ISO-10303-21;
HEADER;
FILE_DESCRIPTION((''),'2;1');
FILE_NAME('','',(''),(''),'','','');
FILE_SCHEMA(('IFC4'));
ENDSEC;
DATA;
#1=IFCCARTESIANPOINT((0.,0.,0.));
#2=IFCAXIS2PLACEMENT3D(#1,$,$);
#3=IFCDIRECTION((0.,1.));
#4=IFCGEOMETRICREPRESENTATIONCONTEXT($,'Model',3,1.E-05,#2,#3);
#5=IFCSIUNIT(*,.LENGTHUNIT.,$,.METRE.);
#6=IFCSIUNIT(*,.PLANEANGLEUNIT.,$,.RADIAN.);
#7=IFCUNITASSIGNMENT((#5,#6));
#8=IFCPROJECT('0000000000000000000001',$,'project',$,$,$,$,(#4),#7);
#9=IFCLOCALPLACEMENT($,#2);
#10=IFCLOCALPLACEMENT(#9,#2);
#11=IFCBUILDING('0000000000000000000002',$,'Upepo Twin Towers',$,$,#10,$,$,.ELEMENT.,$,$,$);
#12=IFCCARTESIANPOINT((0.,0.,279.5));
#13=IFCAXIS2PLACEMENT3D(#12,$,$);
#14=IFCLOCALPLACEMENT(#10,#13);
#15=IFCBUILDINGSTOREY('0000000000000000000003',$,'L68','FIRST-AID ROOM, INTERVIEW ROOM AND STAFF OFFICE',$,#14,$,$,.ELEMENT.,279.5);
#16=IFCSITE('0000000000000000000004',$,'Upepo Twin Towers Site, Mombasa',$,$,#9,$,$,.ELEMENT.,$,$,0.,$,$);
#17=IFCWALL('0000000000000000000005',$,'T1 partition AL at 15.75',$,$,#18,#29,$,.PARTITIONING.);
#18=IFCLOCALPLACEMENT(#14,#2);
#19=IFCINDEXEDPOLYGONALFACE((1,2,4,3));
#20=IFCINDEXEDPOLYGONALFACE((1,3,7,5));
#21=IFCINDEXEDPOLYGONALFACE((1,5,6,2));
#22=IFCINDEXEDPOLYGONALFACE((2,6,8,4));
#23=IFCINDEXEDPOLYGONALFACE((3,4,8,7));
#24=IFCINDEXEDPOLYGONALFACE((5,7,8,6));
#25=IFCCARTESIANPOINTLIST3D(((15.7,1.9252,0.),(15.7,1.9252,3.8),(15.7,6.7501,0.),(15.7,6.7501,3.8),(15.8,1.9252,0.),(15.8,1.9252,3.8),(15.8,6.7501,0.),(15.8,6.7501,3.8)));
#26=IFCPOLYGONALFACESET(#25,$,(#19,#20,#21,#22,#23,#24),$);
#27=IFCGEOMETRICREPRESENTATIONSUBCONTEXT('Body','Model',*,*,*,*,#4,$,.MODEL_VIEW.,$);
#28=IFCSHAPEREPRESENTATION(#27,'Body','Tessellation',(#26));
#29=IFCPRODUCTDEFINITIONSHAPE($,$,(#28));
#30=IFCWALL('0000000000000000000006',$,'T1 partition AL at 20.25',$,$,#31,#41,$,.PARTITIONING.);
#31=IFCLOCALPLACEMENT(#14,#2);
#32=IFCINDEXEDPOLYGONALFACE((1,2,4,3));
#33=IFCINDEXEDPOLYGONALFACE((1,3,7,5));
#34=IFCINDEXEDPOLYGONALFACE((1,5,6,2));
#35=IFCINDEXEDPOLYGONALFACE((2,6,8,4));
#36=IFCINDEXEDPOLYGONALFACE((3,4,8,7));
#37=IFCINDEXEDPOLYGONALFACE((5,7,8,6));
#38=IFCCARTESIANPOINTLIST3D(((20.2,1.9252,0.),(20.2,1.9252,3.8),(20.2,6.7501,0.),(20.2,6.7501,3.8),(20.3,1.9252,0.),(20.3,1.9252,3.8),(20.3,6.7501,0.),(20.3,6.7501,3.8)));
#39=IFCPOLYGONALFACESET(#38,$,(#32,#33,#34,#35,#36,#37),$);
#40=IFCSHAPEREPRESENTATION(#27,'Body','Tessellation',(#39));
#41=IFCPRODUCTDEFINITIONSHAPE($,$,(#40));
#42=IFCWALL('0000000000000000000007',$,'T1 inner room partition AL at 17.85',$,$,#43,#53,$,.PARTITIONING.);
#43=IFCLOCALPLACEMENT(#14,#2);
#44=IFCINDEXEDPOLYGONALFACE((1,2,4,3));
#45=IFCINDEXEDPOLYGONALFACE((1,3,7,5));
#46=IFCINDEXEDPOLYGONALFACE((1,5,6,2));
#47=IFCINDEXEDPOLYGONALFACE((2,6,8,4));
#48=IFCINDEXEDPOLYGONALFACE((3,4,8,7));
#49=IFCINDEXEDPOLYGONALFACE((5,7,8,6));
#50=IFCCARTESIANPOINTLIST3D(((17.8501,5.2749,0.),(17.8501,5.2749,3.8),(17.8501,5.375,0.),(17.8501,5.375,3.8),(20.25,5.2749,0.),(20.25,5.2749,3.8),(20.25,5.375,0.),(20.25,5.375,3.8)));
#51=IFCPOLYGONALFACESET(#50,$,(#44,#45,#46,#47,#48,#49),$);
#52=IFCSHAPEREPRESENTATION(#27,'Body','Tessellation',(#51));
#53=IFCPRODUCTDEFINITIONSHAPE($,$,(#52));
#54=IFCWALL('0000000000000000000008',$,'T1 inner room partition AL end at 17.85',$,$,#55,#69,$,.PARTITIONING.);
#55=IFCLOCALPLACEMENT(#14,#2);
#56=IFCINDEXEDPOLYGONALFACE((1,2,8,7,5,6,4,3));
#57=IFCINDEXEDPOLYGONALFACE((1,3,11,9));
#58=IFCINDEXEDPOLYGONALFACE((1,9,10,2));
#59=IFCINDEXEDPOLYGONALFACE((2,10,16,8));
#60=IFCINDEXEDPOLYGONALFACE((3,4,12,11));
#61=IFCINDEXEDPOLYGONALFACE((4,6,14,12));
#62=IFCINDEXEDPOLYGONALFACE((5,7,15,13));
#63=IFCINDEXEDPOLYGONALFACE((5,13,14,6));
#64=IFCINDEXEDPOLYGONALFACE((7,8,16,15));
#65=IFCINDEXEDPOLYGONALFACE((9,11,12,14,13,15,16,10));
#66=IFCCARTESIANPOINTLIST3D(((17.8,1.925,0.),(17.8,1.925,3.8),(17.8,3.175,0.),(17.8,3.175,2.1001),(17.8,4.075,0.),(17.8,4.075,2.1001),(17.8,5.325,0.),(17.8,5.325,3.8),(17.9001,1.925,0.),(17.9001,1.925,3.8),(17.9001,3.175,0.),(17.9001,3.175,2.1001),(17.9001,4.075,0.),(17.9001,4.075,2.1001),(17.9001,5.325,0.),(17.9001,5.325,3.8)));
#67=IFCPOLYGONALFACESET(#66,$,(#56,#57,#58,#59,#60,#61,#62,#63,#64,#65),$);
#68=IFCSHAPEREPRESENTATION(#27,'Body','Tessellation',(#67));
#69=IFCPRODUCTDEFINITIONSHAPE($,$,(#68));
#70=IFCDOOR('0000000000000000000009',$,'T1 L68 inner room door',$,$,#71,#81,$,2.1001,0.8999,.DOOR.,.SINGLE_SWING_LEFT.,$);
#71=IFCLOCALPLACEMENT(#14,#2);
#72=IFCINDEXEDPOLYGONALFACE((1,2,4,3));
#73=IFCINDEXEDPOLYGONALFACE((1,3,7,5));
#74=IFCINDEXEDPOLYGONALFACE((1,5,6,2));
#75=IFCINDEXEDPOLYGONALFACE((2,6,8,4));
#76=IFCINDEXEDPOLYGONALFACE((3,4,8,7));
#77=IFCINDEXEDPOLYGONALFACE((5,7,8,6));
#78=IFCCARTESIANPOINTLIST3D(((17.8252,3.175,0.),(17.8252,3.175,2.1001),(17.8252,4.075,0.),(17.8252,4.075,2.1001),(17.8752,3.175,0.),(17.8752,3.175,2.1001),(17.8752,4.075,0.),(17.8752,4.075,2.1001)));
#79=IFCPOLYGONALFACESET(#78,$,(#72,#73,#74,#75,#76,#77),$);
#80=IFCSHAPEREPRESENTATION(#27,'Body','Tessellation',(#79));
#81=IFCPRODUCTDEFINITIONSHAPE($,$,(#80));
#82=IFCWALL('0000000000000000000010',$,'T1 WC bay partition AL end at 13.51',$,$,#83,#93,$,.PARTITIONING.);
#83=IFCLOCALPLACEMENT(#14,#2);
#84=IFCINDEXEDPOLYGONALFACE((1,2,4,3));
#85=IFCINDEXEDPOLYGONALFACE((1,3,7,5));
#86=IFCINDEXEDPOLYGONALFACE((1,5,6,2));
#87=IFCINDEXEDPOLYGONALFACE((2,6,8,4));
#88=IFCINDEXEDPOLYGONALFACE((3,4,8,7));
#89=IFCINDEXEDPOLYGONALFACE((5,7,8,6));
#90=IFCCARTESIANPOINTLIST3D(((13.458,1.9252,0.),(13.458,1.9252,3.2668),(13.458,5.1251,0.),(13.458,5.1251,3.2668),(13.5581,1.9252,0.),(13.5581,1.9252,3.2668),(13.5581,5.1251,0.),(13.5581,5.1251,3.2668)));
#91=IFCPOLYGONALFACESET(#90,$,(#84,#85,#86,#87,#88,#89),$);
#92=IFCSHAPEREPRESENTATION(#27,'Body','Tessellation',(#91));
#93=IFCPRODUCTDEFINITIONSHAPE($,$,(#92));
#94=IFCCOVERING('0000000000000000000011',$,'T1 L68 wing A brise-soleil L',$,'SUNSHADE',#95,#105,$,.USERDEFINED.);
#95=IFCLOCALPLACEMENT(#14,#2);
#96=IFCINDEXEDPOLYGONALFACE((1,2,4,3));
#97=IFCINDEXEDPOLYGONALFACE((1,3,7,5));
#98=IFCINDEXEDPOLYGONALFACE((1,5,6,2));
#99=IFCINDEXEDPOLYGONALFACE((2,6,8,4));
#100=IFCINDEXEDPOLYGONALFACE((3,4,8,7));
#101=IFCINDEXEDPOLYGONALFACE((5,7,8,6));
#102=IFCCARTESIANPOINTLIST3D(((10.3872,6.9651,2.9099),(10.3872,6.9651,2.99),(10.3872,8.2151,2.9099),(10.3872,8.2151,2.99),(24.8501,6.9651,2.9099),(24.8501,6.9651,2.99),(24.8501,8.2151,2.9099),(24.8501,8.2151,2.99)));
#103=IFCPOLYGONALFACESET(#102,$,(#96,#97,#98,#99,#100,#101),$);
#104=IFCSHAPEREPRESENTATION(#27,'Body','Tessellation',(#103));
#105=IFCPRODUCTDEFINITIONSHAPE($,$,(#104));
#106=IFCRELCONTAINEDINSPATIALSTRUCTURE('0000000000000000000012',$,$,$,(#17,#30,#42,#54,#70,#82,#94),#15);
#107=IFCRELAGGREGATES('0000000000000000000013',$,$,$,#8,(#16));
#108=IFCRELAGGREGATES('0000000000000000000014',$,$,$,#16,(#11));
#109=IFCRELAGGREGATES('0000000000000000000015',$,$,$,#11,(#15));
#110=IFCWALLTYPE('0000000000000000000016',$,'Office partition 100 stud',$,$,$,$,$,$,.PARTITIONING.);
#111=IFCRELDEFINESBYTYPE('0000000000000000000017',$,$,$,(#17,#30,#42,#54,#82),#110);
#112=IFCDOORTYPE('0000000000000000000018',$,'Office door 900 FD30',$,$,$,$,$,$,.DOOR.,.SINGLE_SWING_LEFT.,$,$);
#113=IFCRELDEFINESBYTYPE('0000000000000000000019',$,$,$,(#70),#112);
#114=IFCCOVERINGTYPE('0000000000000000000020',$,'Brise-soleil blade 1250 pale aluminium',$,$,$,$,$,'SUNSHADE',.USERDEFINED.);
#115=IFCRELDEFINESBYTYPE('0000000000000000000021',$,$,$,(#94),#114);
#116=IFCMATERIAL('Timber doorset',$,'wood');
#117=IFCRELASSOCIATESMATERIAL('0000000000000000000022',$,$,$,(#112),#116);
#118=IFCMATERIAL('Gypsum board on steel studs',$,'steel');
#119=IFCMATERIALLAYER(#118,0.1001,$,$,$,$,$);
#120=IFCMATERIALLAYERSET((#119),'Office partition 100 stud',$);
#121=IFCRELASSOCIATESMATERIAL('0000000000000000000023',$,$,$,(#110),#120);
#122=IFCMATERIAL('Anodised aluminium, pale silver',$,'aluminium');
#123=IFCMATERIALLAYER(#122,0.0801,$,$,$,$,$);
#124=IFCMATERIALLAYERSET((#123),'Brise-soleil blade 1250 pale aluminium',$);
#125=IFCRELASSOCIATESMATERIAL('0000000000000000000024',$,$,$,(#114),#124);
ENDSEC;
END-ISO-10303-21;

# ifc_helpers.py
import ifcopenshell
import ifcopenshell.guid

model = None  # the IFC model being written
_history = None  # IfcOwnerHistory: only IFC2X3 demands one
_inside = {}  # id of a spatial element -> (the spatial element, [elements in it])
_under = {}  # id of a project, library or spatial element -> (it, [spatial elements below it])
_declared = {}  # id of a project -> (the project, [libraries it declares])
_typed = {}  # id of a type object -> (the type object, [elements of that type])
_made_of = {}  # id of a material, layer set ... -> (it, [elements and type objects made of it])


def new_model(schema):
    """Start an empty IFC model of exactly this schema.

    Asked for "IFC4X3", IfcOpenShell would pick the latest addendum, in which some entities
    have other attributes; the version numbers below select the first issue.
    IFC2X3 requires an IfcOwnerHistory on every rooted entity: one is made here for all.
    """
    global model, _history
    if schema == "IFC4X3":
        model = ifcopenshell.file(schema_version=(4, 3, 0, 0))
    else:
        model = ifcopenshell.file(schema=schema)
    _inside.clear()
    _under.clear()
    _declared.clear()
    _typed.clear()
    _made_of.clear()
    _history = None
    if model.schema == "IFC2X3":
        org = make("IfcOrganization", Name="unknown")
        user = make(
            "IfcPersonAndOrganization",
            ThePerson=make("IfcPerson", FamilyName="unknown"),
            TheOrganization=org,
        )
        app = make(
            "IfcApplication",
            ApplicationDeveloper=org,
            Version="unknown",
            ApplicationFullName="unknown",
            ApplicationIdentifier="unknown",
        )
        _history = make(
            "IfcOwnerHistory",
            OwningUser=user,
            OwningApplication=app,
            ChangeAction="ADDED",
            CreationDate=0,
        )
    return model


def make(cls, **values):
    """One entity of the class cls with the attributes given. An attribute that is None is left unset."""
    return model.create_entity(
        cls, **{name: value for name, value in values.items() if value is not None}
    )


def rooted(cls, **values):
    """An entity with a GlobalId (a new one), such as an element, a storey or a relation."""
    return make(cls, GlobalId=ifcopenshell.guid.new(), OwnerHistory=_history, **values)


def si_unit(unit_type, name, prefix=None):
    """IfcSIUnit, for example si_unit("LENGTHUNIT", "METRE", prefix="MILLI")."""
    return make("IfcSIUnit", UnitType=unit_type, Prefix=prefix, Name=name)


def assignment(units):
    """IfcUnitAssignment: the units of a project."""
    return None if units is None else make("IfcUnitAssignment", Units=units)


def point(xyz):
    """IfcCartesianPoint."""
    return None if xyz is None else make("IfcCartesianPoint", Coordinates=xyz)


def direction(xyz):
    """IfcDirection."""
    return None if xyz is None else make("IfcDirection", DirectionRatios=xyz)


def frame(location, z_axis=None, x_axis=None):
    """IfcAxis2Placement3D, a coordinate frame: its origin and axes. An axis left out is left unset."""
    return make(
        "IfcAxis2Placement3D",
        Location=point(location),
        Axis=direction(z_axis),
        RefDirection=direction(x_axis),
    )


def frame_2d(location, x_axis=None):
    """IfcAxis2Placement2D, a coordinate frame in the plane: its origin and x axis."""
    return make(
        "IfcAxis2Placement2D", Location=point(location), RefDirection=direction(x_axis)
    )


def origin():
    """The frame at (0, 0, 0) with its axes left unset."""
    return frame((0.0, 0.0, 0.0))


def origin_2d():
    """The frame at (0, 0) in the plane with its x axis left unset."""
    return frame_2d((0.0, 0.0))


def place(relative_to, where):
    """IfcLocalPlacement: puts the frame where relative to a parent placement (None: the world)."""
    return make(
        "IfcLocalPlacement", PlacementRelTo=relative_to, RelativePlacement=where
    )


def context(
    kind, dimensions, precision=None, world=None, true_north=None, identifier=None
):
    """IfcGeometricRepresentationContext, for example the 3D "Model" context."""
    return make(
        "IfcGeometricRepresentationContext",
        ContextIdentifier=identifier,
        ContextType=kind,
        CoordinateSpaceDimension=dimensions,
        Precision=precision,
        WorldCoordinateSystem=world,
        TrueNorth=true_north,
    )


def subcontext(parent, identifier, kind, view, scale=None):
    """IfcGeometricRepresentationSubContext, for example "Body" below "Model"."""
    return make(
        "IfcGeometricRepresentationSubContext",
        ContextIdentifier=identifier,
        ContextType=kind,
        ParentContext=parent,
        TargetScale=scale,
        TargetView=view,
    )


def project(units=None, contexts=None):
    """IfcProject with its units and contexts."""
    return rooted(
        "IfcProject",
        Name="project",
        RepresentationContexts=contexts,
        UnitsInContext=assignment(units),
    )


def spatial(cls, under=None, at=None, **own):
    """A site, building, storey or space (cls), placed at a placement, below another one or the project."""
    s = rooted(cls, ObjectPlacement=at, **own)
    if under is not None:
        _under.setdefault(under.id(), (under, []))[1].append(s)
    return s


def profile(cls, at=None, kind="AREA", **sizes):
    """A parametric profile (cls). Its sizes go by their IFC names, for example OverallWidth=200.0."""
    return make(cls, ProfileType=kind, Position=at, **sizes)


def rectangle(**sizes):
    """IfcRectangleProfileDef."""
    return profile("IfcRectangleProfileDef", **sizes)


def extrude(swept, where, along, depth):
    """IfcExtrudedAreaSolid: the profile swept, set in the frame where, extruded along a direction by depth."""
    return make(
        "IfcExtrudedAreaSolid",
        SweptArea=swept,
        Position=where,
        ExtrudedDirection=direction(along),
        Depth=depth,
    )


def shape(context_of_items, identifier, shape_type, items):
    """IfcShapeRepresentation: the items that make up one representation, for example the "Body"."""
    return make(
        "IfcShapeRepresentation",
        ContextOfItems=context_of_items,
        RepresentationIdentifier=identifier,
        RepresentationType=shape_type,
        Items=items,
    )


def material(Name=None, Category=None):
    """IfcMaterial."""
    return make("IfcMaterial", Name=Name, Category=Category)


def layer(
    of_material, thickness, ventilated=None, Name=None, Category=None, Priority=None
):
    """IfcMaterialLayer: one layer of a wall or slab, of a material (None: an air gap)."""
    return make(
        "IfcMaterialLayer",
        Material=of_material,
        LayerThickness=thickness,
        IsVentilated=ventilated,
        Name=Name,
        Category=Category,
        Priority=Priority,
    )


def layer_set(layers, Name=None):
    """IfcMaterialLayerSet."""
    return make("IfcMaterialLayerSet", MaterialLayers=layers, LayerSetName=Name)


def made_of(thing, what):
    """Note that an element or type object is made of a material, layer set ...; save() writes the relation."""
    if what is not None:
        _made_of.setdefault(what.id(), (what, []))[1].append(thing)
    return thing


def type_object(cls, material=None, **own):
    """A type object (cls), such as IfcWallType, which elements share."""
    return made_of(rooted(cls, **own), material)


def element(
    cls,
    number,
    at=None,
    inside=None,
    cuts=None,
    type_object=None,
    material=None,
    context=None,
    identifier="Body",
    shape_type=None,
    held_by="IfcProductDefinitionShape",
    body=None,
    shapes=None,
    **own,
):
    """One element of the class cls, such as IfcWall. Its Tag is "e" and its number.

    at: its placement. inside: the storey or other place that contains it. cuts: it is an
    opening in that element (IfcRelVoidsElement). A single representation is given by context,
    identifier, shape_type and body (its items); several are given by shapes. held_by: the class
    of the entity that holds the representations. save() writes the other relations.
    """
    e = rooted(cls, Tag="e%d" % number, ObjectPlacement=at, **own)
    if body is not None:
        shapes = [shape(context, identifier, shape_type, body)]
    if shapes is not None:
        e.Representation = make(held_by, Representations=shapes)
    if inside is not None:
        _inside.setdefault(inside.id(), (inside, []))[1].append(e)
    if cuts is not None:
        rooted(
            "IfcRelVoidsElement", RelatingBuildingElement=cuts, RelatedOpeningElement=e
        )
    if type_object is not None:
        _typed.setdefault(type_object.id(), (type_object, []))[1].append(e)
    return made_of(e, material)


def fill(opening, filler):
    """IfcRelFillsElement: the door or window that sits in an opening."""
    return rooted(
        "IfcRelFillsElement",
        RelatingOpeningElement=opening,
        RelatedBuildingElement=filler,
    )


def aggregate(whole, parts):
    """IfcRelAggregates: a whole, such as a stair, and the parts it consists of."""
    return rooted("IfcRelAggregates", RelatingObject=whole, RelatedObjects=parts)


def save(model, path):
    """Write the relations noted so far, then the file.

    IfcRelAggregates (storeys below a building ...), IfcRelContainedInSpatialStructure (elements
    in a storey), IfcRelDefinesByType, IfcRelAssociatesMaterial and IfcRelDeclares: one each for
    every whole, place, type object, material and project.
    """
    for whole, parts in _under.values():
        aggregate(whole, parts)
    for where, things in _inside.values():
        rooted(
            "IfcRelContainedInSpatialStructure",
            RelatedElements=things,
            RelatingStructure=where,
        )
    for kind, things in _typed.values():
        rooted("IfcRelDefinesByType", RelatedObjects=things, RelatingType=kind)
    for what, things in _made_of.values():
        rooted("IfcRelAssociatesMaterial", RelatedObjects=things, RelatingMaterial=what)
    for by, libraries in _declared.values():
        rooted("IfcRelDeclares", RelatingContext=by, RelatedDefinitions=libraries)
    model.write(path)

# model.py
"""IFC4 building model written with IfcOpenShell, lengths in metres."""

from ifc_helpers import new_model, si_unit, direction, frame, frame_2d, origin, origin_2d, place, context, subcontext, project, spatial, rectangle, extrude, material, layer, layer_set, type_object, element, fill, save


model = new_model("IFC4")

# Units and contexts
model_context = context("Model", 3, precision=1e-05, world=origin(), true_north=direction((0.0, 1.0)))
body_context = subcontext(model_context, "Body", "Model", "MODEL_VIEW")
ifc_project = project(units=[si_unit("LENGTHUNIT", "METRE"), si_unit("PLANEANGLEUNIT", "RADIAN")], contexts=[model_context])

# Site, building, storey
site_placement = place(None, origin())
site = spatial("IfcSite", under=ifc_project, at=site_placement, Name="Upepo Twin Towers Site, Mombasa", CompositionType="ELEMENT", RefElevation=0.0)
building_placement = place(site_placement, origin())
building = spatial("IfcBuilding", under=site, at=building_placement, Name="Upepo Twin Towers", CompositionType="ELEMENT")
storey_placement = place(building_placement, frame((0.0, 0.0, 279.5)))
storey = spatial("IfcBuildingStorey", under=building, at=storey_placement, Name="L68", Description="FIRST-AID ROOM, INTERVIEW ROOM AND STAFF OFFICE", CompositionType="ELEMENT", Elevation=279.5)

# Shared definitions
ifc_material_1 = material(Name="Timber doorset", Category="wood")
door_type_1 = type_object("IfcDoorType", Name="Office door 900 FD30", OperationType="SINGLE_SWING_LEFT", PredefinedType="DOOR", material=ifc_material_1)

# Walls
ifc_material_2 = material(Name="Gypsum board on steel studs", Category="steel")
ifc_layer_1 = layer(ifc_material_2, 0.1001)
ifc_layer_set_1 = layer_set([ifc_layer_1], Name="Office partition 100 stud")
wall_type_1 = type_object("IfcWallType", Name="Office partition 100 stud", PredefinedType="PARTITIONING", material=ifc_layer_set_1)
for number, where, z_axis, x_axis, name in (
    (1, (15.75, 1.925, 0.0), (0.0, 0.0, 1.0), (0.0, 1.0, 0.0), "T1 partition AL at 15.75"),
    (2, (20.25, 1.925, 0.0), (0.0, 0.0, 1.0), (0.0, 1.0, 0.0), "T1 partition AL at 20.25"),
):
    element("IfcWall", number, at=place(storey_placement, frame(where, z_axis=z_axis, x_axis=x_axis)), inside=storey, type_object=wall_type_1, Name=name, PredefinedType="PARTITIONING", context=body_context, shape_type="SweptSolid", body=[
        extrude(rectangle(XDim=4.825, YDim=0.1001, at=frame_2d((2.4126, 0.0))), origin(), (0.0, 0.0, 1.0), 3.8),
    ])
wall_1_placement = place(storey_placement, frame((17.8501, 5.325, 0.0), z_axis=(0.0, 0.0, 1.0), x_axis=(1.0, 0.0, 0.0)))
element("IfcWall", 3, at=wall_1_placement, inside=storey, type_object=wall_type_1, Name="T1 inner room partition AL at 17.85", PredefinedType="PARTITIONING", context=body_context, shape_type="SweptSolid", body=[
    extrude(rectangle(XDim=2.3999, YDim=0.1001, at=frame_2d((1.2, 0.0))), origin(), (0.0, 0.0, 1.0), 3.8),
])

# Wall, opening, door
wall_2_placement = place(storey_placement, frame((17.8501, 1.925, 0.0), z_axis=(0.0, 0.0, 1.0), x_axis=(0.0, 1.0, 0.0)))
wall_2 = element("IfcWall", 4, at=wall_2_placement, inside=storey, type_object=wall_type_1, Name="T1 inner room partition AL end at 17.85", PredefinedType="PARTITIONING", context=body_context, shape_type="SweptSolid", body=[
    extrude(rectangle(XDim=3.3999, YDim=0.1001, at=frame_2d((1.7, 0.0))), origin(), (0.0, 0.0, 1.0), 3.8),
])
opening_1_placement = place(wall_2_placement, frame((1.25, 0.0, 0.0)))
opening_1 = element("IfcOpeningElement", 5, at=opening_1_placement, cuts=wall_2, PredefinedType="OPENING", context=body_context, shape_type="SweptSolid", body=[
    extrude(rectangle(XDim=0.8999, YDim=2.1001, at=frame_2d((0.45, 1.05))), frame((0.0, 0.0601, 0.0), z_axis=(0.0, -1.0, 0.0), x_axis=(1.0, 0.0, 0.0)), (0.0, 0.0, 1.0), 0.1201),
])
door_1_placement = place(opening_1_placement, origin())
door_1 = element("IfcDoor", 6, at=door_1_placement, inside=storey, type_object=door_type_1, Name="T1 L68 inner room door", OperationType="SINGLE_SWING_LEFT", OverallHeight=2.1001, OverallWidth=0.8999, PredefinedType="DOOR", context=body_context, shape_type="SweptSolid", body=[
    extrude(rectangle(XDim=0.8999, YDim=2.1001, at=frame_2d((0.45, 1.05))), frame((0.0, 0.0249, 0.0), z_axis=(0.0, -1.0, 0.0), x_axis=(1.0, 0.0, 0.0)), (0.0, 0.0, 1.0), 0.05),
])
fill(opening_1, door_1)

# Wall
wall_3_placement = place(storey_placement, frame((13.5081, 1.925, 0.0), z_axis=(0.0, 0.0, 1.0), x_axis=(0.0, 1.0, 0.0)))
element("IfcWall", 7, at=wall_3_placement, inside=storey, type_object=wall_type_1, Name="T1 WC bay partition AL end at 13.51", PredefinedType="PARTITIONING", context=body_context, shape_type="SweptSolid", body=[
    extrude(rectangle(XDim=3.2, YDim=0.1001, at=frame_2d((1.6001, 0.0))), origin(), (0.0, 0.0, 1.0), 3.2668),
])

# Covering
ifc_material_3 = material(Name="Anodised aluminium, pale silver", Category="aluminium")
ifc_layer_2 = layer(ifc_material_3, 0.0801)
ifc_layer_set_2 = layer_set([ifc_layer_2], Name="Brise-soleil blade 1250 pale aluminium")
covering_type = type_object("IfcCoveringType", Name="Brise-soleil blade 1250 pale aluminium", ElementType="SUNSHADE", PredefinedType="USERDEFINED", material=ifc_layer_set_2)
covering_placement = place(storey_placement, frame((17.6187, 7.5901, 2.9099), z_axis=(0.0, 0.0, 1.0), x_axis=(1.0, 0.0, 0.0)))
element("IfcCovering", 8, at=covering_placement, inside=storey, type_object=covering_type, Name="T1 L68 wing A brise-soleil L", ObjectType="SUNSHADE", PredefinedType="USERDEFINED", context=body_context, shape_type="SweptSolid", body=[
    extrude(rectangle(XDim=14.4629, YDim=1.25, at=origin_2d()), origin(), (0.0, 0.0, 1.0), 0.0801),
])

save(model, "model.ifc")
